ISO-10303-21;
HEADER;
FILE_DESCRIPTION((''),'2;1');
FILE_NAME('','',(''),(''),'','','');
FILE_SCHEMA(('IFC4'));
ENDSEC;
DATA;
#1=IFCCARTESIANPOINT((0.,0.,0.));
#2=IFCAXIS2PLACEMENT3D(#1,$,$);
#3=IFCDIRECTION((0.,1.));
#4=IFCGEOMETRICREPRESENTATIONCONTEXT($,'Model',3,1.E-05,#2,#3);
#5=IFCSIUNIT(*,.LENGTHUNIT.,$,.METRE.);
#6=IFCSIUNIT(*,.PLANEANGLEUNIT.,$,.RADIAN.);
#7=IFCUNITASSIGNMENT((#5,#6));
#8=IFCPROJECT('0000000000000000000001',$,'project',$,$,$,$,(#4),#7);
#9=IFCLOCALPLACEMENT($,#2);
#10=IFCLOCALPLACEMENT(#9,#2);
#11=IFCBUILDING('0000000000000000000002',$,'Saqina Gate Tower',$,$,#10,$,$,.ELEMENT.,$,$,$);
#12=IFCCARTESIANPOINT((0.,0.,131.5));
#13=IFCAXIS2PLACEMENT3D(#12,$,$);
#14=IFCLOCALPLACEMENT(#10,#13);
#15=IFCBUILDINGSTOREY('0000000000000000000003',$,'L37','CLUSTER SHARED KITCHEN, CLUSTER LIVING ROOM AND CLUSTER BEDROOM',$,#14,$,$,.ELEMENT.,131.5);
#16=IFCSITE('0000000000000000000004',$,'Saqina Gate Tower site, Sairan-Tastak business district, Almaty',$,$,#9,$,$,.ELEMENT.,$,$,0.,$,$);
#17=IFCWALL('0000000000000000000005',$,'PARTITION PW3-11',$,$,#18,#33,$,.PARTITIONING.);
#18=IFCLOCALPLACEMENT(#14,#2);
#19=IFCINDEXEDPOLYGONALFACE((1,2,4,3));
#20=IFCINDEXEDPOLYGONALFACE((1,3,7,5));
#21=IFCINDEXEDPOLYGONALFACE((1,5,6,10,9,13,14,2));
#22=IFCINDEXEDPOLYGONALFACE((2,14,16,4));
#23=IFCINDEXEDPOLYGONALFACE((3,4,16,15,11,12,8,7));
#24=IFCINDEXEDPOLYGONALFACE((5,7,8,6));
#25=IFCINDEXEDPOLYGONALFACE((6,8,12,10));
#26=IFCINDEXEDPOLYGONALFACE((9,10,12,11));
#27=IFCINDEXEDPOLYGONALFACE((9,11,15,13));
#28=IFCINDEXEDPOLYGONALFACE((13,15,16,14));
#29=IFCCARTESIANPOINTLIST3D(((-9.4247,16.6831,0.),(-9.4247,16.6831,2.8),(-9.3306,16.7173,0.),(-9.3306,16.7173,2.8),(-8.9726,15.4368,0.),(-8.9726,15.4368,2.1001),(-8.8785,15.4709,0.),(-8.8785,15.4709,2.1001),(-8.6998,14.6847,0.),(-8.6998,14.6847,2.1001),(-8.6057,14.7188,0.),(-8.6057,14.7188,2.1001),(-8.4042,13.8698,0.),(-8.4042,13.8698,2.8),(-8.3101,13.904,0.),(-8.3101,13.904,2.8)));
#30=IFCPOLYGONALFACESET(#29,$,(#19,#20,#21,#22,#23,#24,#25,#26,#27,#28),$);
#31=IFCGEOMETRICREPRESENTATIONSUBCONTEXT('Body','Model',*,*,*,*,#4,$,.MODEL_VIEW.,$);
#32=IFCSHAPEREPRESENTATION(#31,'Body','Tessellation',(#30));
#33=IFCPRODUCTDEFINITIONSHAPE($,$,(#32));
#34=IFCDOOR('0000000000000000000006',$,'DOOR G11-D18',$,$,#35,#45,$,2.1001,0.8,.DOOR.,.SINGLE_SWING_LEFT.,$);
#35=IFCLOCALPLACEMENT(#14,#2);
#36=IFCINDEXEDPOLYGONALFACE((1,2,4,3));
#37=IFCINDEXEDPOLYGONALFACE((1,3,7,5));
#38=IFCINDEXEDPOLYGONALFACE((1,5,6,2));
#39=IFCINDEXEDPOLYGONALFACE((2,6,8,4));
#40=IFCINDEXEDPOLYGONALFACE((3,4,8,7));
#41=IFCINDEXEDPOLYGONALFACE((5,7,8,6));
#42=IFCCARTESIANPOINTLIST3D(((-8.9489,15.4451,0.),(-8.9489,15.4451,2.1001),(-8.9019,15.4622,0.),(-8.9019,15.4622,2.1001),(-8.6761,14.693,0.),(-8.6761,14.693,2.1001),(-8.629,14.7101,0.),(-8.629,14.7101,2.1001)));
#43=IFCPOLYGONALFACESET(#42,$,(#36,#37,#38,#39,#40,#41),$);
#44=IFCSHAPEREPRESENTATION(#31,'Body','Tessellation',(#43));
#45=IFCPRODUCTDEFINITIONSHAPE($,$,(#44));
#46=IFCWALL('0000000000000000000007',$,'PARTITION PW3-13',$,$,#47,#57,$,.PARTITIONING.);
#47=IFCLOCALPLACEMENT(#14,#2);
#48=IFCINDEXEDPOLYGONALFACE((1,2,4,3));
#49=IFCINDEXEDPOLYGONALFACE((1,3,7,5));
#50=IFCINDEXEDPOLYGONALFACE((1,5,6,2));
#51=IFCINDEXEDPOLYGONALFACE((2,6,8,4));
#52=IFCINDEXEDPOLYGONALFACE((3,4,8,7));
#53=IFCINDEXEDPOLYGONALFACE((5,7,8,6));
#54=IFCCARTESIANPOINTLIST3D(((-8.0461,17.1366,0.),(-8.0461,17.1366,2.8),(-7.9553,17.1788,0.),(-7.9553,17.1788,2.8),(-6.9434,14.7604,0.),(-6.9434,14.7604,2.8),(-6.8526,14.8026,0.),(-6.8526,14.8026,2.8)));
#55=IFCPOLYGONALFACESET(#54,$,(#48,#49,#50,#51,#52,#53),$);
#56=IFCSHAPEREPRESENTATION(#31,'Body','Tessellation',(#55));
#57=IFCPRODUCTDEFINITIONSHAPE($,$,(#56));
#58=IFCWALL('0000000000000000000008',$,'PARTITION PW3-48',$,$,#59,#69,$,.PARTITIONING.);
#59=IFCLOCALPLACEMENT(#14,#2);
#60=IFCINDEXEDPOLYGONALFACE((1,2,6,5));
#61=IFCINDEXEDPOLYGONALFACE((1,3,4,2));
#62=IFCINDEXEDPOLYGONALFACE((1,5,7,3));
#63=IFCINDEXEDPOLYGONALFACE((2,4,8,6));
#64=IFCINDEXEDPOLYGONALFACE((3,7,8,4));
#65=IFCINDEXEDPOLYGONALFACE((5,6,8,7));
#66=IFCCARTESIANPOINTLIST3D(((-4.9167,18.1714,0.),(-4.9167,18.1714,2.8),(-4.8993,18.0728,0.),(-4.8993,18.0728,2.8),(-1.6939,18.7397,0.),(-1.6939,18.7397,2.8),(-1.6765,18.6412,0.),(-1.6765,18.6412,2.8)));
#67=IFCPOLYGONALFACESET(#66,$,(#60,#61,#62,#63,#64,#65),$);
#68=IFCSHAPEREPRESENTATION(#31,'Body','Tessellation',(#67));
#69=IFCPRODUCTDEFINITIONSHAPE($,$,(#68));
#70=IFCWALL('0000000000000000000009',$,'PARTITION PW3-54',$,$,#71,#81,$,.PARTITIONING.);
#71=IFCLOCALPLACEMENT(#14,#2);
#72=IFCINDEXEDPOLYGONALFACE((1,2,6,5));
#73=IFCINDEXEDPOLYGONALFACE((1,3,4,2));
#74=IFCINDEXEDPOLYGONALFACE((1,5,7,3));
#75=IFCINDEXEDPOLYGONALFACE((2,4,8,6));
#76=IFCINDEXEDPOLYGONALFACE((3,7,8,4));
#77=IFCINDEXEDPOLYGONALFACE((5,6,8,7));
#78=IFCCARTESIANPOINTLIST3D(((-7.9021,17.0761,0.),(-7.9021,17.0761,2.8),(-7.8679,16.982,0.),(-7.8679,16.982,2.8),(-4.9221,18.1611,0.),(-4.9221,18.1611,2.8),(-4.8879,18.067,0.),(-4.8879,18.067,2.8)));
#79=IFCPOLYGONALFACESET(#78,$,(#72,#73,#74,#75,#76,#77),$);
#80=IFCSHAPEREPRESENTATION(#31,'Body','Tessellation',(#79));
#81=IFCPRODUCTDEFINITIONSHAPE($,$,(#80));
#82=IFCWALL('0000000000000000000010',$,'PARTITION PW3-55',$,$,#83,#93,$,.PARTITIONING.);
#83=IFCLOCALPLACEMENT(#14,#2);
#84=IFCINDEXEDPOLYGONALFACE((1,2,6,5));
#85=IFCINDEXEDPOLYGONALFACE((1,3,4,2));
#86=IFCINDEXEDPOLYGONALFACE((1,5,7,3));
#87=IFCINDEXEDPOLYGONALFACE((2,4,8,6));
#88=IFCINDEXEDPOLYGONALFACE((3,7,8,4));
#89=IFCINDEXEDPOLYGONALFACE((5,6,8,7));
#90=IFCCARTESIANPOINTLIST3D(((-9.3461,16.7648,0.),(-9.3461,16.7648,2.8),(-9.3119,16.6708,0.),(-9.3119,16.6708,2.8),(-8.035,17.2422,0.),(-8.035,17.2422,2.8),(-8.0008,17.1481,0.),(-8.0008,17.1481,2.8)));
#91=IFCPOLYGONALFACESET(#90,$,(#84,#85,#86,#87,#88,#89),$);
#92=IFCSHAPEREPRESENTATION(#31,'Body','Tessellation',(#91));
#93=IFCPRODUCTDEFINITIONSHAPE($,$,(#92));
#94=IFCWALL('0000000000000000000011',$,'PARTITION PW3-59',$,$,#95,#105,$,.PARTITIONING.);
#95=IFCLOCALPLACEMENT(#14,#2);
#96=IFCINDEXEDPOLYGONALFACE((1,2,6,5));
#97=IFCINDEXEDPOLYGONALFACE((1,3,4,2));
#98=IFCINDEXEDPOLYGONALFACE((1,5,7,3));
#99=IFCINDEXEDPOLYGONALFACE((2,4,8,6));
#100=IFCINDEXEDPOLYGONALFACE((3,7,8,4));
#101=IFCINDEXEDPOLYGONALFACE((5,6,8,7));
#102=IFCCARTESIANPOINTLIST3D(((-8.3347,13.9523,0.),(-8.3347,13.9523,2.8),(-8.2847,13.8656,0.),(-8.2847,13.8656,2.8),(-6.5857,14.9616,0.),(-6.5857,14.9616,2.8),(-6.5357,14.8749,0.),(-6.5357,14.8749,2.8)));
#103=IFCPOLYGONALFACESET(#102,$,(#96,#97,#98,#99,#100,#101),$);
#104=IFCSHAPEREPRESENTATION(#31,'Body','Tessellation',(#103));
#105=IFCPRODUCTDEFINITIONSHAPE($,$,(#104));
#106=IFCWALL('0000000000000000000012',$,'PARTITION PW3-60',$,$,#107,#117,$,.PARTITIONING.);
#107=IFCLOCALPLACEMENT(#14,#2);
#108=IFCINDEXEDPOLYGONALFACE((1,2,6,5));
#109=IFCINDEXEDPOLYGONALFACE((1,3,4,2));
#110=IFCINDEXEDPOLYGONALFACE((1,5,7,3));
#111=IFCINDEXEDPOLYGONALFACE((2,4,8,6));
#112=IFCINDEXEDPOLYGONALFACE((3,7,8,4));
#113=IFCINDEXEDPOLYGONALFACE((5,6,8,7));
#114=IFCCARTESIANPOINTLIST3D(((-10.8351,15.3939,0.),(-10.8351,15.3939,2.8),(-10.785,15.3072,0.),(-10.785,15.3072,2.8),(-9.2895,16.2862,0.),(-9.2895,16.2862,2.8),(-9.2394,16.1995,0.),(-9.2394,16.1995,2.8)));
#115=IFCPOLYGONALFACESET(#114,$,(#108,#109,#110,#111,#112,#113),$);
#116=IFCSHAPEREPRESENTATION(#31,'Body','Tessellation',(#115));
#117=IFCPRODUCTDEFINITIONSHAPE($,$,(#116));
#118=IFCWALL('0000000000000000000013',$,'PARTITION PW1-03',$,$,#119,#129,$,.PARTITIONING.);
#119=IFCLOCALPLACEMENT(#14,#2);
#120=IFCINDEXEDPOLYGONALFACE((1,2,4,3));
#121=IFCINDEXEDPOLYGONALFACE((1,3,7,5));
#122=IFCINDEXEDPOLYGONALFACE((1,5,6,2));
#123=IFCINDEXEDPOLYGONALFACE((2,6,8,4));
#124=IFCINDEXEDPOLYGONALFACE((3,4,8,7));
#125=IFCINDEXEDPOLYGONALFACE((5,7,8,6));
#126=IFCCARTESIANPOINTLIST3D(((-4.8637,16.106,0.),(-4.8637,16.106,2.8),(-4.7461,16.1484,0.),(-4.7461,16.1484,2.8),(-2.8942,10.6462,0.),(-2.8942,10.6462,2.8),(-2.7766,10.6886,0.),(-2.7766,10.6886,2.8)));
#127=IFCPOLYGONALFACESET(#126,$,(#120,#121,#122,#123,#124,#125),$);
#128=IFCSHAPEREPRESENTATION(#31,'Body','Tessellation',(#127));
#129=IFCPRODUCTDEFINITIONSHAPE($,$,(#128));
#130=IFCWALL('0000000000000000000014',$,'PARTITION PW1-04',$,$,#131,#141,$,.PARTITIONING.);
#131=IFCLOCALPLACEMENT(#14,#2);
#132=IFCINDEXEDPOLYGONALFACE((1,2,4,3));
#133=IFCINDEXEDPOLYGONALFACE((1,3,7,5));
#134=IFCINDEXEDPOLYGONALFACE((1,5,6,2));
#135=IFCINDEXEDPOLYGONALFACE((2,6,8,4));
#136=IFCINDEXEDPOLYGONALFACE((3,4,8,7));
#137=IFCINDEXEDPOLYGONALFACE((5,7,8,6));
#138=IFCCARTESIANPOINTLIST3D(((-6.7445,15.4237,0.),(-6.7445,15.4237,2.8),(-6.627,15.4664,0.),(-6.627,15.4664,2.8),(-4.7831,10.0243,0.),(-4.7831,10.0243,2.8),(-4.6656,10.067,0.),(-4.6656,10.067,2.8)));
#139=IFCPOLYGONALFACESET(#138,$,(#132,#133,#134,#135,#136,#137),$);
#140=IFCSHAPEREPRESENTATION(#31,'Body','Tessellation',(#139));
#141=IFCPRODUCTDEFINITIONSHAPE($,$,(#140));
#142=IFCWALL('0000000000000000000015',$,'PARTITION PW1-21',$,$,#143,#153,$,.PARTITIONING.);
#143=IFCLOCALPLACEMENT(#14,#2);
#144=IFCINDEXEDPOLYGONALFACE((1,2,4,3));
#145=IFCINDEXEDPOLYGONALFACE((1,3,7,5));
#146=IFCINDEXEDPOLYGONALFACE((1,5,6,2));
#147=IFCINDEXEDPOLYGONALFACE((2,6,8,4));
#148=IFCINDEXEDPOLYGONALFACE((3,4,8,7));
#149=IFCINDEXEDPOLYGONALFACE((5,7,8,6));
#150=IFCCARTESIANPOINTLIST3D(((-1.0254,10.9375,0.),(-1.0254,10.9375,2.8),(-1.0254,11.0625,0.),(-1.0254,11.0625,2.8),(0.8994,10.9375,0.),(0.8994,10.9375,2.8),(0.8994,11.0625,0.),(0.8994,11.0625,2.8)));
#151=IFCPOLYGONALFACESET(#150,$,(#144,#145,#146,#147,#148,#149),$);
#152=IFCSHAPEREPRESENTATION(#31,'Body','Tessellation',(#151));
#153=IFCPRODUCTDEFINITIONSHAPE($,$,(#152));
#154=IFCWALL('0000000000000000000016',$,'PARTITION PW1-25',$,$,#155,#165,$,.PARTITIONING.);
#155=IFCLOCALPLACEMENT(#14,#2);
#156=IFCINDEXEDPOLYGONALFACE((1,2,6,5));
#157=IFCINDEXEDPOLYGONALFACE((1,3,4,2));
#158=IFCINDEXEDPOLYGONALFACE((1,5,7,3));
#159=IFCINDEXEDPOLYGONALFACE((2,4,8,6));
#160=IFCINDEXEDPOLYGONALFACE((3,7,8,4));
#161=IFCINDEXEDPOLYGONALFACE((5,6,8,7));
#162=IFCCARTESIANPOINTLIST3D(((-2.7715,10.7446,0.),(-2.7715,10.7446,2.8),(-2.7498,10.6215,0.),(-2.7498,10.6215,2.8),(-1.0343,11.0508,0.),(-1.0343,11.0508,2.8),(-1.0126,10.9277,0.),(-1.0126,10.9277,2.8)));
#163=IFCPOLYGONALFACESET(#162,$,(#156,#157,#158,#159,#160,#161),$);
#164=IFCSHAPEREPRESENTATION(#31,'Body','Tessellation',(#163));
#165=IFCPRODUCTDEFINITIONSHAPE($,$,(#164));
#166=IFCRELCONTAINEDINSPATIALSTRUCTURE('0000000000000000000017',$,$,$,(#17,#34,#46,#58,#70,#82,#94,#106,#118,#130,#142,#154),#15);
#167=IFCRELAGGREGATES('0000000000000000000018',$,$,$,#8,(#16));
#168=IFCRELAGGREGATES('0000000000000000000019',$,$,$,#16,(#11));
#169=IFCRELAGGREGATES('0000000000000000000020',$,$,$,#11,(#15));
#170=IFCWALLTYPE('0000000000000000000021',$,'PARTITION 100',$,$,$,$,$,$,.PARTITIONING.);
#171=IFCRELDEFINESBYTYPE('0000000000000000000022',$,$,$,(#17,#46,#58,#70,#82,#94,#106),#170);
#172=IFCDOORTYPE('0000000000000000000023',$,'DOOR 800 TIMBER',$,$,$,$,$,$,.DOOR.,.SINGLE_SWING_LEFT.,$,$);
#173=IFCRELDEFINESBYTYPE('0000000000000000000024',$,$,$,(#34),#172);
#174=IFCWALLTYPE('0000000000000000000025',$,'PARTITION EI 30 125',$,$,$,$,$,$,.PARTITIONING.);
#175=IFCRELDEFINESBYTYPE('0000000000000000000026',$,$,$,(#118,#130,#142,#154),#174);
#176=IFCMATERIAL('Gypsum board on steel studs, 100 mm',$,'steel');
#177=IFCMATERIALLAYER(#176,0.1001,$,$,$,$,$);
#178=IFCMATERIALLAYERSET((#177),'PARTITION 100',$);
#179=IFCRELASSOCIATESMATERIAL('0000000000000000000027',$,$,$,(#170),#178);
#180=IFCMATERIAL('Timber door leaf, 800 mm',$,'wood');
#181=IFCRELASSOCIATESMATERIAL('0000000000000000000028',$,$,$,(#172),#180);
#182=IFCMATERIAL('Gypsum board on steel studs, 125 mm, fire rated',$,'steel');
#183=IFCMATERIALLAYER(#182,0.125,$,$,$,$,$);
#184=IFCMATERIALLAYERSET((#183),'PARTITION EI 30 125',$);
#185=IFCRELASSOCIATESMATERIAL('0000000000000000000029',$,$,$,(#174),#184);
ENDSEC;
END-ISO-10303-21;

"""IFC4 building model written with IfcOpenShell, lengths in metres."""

from ifc_helpers import new_model, si_unit, direction, frame, frame_2d, origin, place, context, subcontext, project, spatial, rectangle, extrude, material, layer, layer_set, type_object, element, fill, save


model = new_model("IFC4")

# Units and contexts
model_context = context("Model", 3, precision=1e-05, world=origin(), true_north=direction((0.0, 1.0)))
body_context = subcontext(model_context, "Body", "Model", "MODEL_VIEW")
ifc_project = project(units=[si_unit("LENGTHUNIT", "METRE"), si_unit("PLANEANGLEUNIT", "RADIAN")], contexts=[model_context])

# Site, building, storey
site_placement = place(None, origin())
site = spatial("IfcSite", under=ifc_project, at=site_placement, Name="Saqina Gate Tower site, Sairan-Tastak business district, Almaty", CompositionType="ELEMENT", RefElevation=0.0)
building_placement = place(site_placement, origin())
building = spatial("IfcBuilding", under=site, at=building_placement, Name="Saqina Gate Tower", CompositionType="ELEMENT")
storey_placement = place(building_placement, frame((0.0, 0.0, 131.5)))
storey = spatial("IfcBuildingStorey", under=building, at=storey_placement, Name="L37", Description="CLUSTER SHARED KITCHEN, CLUSTER LIVING ROOM AND CLUSTER BEDROOM", CompositionType="ELEMENT", Elevation=131.5)

# Wall, opening, door
ifc_material_1 = material(Name="Gypsum board on steel studs, 100 mm", Category="steel")
ifc_layer_1 = layer(ifc_material_1, 0.1001)
ifc_layer_set_1 = layer_set([ifc_layer_1], Name="PARTITION 100")
wall_type_1 = type_object("IfcWallType", Name="PARTITION 100", PredefinedType="PARTITIONING", material=ifc_layer_set_1)
wall_1_placement = place(storey_placement, frame((-9.3777, 16.7002, 0.0), z_axis=(0.0, 0.0, 1.0), x_axis=(0.341009, -0.94006, 0.0)))
wall_1 = element("IfcWall", 1, at=wall_1_placement, inside=storey, type_object=wall_type_1, Name="PARTITION PW3-11", PredefinedType="PARTITIONING", context=body_context, shape_type="SweptSolid", body=[
    extrude(rectangle(XDim=2.9927, YDim=0.1001, at=frame_2d((1.4963, 0.0))), origin(), (0.0, 0.0, 1.0), 2.8),
])
opening_1_placement = place(wall_1_placement, frame((1.3259, 0.0, 0.0)))
opening_1 = element("IfcOpeningElement", 2, at=opening_1_placement, cuts=wall_1, PredefinedType="OPENING", context=body_context, shape_type="SweptSolid", body=[
    extrude(rectangle(XDim=0.8, YDim=2.1001, at=frame_2d((0.3999, 1.05))), frame((0.0, 0.062, 0.0), z_axis=(0.0, -1.0, 0.0), x_axis=(1.0, 0.0, 0.0)), (0.0, 0.0, 1.0), 0.124),
])
ifc_material_2 = material(Name="Timber door leaf, 800 mm", Category="wood")
door_type_1 = type_object("IfcDoorType", Name="DOOR 800 TIMBER", OperationType="SINGLE_SWING_LEFT", PredefinedType="DOOR", material=ifc_material_2)
door_1_placement = place(opening_1_placement, frame((0.8, 0.0, 0.0), z_axis=(0.0, 0.0, 1.0), x_axis=(-1.0, 0.0, 0.0)))
door_1 = element("IfcDoor", 3, at=door_1_placement, inside=storey, type_object=door_type_1, Name="DOOR G11-D18", OperationType="SINGLE_SWING_LEFT", OverallHeight=2.1001, OverallWidth=0.8, PredefinedType="DOOR", context=body_context, shape_type="SweptSolid", body=[
    extrude(rectangle(XDim=0.8, YDim=2.1001, at=frame_2d((0.3999, 1.05))), frame((0.0, 0.0249, 0.0), z_axis=(0.0, -1.0, 0.0), x_axis=(1.0, 0.0, 0.0)), (0.0, 0.0, 1.0), 0.05),
])
fill(opening_1, door_1)

# Walls
wall_2_placement = place(storey_placement, frame((-8.0007, 17.1577, 0.0), z_axis=(0.0, 0.0, 1.0), x_axis=(0.420966, -0.907076, 0.0)))
element("IfcWall", 4, at=wall_2_placement, inside=storey, type_object=wall_type_1, Name="PARTITION PW3-13", PredefinedType="PARTITIONING", context=body_context, shape_type="SweptSolid", body=[
    extrude(rectangle(XDim=2.6196, YDim=0.1001, at=frame_2d((1.3098, 0.0))), origin(), (0.0, 0.0, 1.0), 2.8),
])
wall_3_placement = place(storey_placement, frame((-4.908, 18.1221, 0.0), z_axis=(0.0, 0.0, 1.0), x_axis=(0.984802, 0.173683, 0.0)))
element("IfcWall", 5, at=wall_3_placement, inside=storey, type_object=wall_type_1, Name="PARTITION PW3-48", PredefinedType="PARTITIONING", context=body_context, shape_type="SweptSolid", body=[
    extrude(rectangle(XDim=3.2725, YDim=0.1001, at=frame_2d((1.6362, 0.0))), origin(), (0.0, 0.0, 1.0), 2.8),
])
wall_4_placement = place(storey_placement, frame((-7.885, 17.0291, 0.0), z_axis=(0.0, 0.0, 1.0), x_axis=(0.939658, 0.342114, 0.0)))
element("IfcWall", 6, at=wall_4_placement, inside=storey, type_object=wall_type_1, Name="PARTITION PW3-54", PredefinedType="PARTITIONING", context=body_context, shape_type="SweptSolid", body=[
    extrude(rectangle(XDim=3.1714, YDim=0.1001, at=frame_2d((1.5857, 0.0))), origin(), (0.0, 0.0, 1.0), 2.8),
])
wall_5_placement = place(storey_placement, frame((-9.3291, 16.7178, 0.0), z_axis=(0.0, 0.0, 1.0), x_axis=(0.939666, 0.342094, 0.0)))
element("IfcWall", 7, at=wall_5_placement, inside=storey, type_object=wall_type_1, Name="PARTITION PW3-55", PredefinedType="PARTITIONING", context=body_context, shape_type="SweptSolid", body=[
    extrude(rectangle(XDim=1.3953, YDim=0.1001, at=frame_2d((0.6978, 0.0))), origin(), (0.0, 0.0, 1.0), 2.8),
])
wall_6_placement = place(storey_placement, frame((-8.3098, 13.9089, 0.0), z_axis=(0.0, 0.0, 1.0), x_axis=(0.866137, 0.499806, 0.0)))
element("IfcWall", 8, at=wall_6_placement, inside=storey, type_object=wall_type_1, Name="PARTITION PW3-59", PredefinedType="PARTITIONING", context=body_context, shape_type="SweptSolid", body=[
    extrude(rectangle(XDim=2.0193, YDim=0.1001, at=frame_2d((1.0098, 0.0))), origin(), (0.0, 0.0, 1.0), 2.8),
])
wall_7_placement = place(storey_placement, frame((-10.8101, 15.3506, 0.0), z_axis=(0.0, 0.0, 1.0), x_axis=(0.866038, 0.499979, 0.0)))
element("IfcWall", 9, at=wall_7_placement, inside=storey, type_object=wall_type_1, Name="PARTITION PW3-60", PredefinedType="PARTITIONING", context=body_context, shape_type="SweptSolid", body=[
    extrude(rectangle(XDim=1.7847, YDim=0.1001, at=frame_2d((0.8923, 0.0))), origin(), (0.0, 0.0, 1.0), 2.8),
])
ifc_material_3 = material(Name="Gypsum board on steel studs, 125 mm, fire rated", Category="steel")
ifc_layer_2 = layer(ifc_material_3, 0.125)
ifc_layer_set_2 = layer_set([ifc_layer_2], Name="PARTITION EI 30 125")
wall_type_2 = type_object("IfcWallType", Name="PARTITION EI 30 125", PredefinedType="PARTITIONING", material=ifc_layer_set_2)
wall_8_placement = place(storey_placement, frame((-4.8049, 16.1272, 0.0), z_axis=(0.0, 0.0, 1.0), x_axis=(0.339327, -0.940668, 0.0)))
element("IfcWall", 10, at=wall_8_placement, inside=storey, type_object=wall_type_2, Name="PARTITION PW1-03", PredefinedType="PARTITIONING", context=body_context, shape_type="SweptSolid", body=[
    extrude(rectangle(XDim=5.8042, YDim=0.125, at=frame_2d((2.9021, 0.0))), origin(), (0.0, 0.0, 1.0), 2.8),
])
wall_9_placement = place(storey_placement, frame((-6.6858, 15.4451, 0.0), z_axis=(0.0, 0.0, 1.0), x_axis=(0.341436, -0.939905, 0.0)))
element("IfcWall", 11, at=wall_9_placement, inside=storey, type_object=wall_type_2, Name="PARTITION PW1-04", PredefinedType="PARTITIONING", context=body_context, shape_type="SweptSolid", body=[
    extrude(rectangle(XDim=5.7446, YDim=0.125, at=frame_2d((2.8723, 0.0))), origin(), (0.0, 0.0, 1.0), 2.8),
])
wall_10_placement = place(storey_placement, frame((-1.0254, 11.0, 0.0), z_axis=(0.0, 0.0, 1.0), x_axis=(1.0, 0.0, 0.0)))
element("IfcWall", 12, at=wall_10_placement, inside=storey, type_object=wall_type_2, Name="PARTITION PW1-21", PredefinedType="PARTITIONING", context=body_context, shape_type="SweptSolid", body=[
    extrude(rectangle(XDim=1.9248, YDim=0.125, at=frame_2d((0.9624, 0.0))), origin(), (0.0, 0.0, 1.0), 2.8),
])
wall_11_placement = place(storey_placement, frame((-2.7605, 10.6831, 0.0), z_axis=(0.0, 0.0, 1.0), x_axis=(0.984821, 0.173572, 0.0)))
element("IfcWall", 13, at=wall_11_placement, inside=storey, type_object=wall_type_2, Name="PARTITION PW1-25", PredefinedType="PARTITIONING", context=body_context, shape_type="SweptSolid", body=[
    extrude(rectangle(XDim=1.7639, YDim=0.125, at=frame_2d((0.8818, 0.0))), origin(), (0.0, 0.0, 1.0), 2.8),
])

save(model, "model.ifc")
